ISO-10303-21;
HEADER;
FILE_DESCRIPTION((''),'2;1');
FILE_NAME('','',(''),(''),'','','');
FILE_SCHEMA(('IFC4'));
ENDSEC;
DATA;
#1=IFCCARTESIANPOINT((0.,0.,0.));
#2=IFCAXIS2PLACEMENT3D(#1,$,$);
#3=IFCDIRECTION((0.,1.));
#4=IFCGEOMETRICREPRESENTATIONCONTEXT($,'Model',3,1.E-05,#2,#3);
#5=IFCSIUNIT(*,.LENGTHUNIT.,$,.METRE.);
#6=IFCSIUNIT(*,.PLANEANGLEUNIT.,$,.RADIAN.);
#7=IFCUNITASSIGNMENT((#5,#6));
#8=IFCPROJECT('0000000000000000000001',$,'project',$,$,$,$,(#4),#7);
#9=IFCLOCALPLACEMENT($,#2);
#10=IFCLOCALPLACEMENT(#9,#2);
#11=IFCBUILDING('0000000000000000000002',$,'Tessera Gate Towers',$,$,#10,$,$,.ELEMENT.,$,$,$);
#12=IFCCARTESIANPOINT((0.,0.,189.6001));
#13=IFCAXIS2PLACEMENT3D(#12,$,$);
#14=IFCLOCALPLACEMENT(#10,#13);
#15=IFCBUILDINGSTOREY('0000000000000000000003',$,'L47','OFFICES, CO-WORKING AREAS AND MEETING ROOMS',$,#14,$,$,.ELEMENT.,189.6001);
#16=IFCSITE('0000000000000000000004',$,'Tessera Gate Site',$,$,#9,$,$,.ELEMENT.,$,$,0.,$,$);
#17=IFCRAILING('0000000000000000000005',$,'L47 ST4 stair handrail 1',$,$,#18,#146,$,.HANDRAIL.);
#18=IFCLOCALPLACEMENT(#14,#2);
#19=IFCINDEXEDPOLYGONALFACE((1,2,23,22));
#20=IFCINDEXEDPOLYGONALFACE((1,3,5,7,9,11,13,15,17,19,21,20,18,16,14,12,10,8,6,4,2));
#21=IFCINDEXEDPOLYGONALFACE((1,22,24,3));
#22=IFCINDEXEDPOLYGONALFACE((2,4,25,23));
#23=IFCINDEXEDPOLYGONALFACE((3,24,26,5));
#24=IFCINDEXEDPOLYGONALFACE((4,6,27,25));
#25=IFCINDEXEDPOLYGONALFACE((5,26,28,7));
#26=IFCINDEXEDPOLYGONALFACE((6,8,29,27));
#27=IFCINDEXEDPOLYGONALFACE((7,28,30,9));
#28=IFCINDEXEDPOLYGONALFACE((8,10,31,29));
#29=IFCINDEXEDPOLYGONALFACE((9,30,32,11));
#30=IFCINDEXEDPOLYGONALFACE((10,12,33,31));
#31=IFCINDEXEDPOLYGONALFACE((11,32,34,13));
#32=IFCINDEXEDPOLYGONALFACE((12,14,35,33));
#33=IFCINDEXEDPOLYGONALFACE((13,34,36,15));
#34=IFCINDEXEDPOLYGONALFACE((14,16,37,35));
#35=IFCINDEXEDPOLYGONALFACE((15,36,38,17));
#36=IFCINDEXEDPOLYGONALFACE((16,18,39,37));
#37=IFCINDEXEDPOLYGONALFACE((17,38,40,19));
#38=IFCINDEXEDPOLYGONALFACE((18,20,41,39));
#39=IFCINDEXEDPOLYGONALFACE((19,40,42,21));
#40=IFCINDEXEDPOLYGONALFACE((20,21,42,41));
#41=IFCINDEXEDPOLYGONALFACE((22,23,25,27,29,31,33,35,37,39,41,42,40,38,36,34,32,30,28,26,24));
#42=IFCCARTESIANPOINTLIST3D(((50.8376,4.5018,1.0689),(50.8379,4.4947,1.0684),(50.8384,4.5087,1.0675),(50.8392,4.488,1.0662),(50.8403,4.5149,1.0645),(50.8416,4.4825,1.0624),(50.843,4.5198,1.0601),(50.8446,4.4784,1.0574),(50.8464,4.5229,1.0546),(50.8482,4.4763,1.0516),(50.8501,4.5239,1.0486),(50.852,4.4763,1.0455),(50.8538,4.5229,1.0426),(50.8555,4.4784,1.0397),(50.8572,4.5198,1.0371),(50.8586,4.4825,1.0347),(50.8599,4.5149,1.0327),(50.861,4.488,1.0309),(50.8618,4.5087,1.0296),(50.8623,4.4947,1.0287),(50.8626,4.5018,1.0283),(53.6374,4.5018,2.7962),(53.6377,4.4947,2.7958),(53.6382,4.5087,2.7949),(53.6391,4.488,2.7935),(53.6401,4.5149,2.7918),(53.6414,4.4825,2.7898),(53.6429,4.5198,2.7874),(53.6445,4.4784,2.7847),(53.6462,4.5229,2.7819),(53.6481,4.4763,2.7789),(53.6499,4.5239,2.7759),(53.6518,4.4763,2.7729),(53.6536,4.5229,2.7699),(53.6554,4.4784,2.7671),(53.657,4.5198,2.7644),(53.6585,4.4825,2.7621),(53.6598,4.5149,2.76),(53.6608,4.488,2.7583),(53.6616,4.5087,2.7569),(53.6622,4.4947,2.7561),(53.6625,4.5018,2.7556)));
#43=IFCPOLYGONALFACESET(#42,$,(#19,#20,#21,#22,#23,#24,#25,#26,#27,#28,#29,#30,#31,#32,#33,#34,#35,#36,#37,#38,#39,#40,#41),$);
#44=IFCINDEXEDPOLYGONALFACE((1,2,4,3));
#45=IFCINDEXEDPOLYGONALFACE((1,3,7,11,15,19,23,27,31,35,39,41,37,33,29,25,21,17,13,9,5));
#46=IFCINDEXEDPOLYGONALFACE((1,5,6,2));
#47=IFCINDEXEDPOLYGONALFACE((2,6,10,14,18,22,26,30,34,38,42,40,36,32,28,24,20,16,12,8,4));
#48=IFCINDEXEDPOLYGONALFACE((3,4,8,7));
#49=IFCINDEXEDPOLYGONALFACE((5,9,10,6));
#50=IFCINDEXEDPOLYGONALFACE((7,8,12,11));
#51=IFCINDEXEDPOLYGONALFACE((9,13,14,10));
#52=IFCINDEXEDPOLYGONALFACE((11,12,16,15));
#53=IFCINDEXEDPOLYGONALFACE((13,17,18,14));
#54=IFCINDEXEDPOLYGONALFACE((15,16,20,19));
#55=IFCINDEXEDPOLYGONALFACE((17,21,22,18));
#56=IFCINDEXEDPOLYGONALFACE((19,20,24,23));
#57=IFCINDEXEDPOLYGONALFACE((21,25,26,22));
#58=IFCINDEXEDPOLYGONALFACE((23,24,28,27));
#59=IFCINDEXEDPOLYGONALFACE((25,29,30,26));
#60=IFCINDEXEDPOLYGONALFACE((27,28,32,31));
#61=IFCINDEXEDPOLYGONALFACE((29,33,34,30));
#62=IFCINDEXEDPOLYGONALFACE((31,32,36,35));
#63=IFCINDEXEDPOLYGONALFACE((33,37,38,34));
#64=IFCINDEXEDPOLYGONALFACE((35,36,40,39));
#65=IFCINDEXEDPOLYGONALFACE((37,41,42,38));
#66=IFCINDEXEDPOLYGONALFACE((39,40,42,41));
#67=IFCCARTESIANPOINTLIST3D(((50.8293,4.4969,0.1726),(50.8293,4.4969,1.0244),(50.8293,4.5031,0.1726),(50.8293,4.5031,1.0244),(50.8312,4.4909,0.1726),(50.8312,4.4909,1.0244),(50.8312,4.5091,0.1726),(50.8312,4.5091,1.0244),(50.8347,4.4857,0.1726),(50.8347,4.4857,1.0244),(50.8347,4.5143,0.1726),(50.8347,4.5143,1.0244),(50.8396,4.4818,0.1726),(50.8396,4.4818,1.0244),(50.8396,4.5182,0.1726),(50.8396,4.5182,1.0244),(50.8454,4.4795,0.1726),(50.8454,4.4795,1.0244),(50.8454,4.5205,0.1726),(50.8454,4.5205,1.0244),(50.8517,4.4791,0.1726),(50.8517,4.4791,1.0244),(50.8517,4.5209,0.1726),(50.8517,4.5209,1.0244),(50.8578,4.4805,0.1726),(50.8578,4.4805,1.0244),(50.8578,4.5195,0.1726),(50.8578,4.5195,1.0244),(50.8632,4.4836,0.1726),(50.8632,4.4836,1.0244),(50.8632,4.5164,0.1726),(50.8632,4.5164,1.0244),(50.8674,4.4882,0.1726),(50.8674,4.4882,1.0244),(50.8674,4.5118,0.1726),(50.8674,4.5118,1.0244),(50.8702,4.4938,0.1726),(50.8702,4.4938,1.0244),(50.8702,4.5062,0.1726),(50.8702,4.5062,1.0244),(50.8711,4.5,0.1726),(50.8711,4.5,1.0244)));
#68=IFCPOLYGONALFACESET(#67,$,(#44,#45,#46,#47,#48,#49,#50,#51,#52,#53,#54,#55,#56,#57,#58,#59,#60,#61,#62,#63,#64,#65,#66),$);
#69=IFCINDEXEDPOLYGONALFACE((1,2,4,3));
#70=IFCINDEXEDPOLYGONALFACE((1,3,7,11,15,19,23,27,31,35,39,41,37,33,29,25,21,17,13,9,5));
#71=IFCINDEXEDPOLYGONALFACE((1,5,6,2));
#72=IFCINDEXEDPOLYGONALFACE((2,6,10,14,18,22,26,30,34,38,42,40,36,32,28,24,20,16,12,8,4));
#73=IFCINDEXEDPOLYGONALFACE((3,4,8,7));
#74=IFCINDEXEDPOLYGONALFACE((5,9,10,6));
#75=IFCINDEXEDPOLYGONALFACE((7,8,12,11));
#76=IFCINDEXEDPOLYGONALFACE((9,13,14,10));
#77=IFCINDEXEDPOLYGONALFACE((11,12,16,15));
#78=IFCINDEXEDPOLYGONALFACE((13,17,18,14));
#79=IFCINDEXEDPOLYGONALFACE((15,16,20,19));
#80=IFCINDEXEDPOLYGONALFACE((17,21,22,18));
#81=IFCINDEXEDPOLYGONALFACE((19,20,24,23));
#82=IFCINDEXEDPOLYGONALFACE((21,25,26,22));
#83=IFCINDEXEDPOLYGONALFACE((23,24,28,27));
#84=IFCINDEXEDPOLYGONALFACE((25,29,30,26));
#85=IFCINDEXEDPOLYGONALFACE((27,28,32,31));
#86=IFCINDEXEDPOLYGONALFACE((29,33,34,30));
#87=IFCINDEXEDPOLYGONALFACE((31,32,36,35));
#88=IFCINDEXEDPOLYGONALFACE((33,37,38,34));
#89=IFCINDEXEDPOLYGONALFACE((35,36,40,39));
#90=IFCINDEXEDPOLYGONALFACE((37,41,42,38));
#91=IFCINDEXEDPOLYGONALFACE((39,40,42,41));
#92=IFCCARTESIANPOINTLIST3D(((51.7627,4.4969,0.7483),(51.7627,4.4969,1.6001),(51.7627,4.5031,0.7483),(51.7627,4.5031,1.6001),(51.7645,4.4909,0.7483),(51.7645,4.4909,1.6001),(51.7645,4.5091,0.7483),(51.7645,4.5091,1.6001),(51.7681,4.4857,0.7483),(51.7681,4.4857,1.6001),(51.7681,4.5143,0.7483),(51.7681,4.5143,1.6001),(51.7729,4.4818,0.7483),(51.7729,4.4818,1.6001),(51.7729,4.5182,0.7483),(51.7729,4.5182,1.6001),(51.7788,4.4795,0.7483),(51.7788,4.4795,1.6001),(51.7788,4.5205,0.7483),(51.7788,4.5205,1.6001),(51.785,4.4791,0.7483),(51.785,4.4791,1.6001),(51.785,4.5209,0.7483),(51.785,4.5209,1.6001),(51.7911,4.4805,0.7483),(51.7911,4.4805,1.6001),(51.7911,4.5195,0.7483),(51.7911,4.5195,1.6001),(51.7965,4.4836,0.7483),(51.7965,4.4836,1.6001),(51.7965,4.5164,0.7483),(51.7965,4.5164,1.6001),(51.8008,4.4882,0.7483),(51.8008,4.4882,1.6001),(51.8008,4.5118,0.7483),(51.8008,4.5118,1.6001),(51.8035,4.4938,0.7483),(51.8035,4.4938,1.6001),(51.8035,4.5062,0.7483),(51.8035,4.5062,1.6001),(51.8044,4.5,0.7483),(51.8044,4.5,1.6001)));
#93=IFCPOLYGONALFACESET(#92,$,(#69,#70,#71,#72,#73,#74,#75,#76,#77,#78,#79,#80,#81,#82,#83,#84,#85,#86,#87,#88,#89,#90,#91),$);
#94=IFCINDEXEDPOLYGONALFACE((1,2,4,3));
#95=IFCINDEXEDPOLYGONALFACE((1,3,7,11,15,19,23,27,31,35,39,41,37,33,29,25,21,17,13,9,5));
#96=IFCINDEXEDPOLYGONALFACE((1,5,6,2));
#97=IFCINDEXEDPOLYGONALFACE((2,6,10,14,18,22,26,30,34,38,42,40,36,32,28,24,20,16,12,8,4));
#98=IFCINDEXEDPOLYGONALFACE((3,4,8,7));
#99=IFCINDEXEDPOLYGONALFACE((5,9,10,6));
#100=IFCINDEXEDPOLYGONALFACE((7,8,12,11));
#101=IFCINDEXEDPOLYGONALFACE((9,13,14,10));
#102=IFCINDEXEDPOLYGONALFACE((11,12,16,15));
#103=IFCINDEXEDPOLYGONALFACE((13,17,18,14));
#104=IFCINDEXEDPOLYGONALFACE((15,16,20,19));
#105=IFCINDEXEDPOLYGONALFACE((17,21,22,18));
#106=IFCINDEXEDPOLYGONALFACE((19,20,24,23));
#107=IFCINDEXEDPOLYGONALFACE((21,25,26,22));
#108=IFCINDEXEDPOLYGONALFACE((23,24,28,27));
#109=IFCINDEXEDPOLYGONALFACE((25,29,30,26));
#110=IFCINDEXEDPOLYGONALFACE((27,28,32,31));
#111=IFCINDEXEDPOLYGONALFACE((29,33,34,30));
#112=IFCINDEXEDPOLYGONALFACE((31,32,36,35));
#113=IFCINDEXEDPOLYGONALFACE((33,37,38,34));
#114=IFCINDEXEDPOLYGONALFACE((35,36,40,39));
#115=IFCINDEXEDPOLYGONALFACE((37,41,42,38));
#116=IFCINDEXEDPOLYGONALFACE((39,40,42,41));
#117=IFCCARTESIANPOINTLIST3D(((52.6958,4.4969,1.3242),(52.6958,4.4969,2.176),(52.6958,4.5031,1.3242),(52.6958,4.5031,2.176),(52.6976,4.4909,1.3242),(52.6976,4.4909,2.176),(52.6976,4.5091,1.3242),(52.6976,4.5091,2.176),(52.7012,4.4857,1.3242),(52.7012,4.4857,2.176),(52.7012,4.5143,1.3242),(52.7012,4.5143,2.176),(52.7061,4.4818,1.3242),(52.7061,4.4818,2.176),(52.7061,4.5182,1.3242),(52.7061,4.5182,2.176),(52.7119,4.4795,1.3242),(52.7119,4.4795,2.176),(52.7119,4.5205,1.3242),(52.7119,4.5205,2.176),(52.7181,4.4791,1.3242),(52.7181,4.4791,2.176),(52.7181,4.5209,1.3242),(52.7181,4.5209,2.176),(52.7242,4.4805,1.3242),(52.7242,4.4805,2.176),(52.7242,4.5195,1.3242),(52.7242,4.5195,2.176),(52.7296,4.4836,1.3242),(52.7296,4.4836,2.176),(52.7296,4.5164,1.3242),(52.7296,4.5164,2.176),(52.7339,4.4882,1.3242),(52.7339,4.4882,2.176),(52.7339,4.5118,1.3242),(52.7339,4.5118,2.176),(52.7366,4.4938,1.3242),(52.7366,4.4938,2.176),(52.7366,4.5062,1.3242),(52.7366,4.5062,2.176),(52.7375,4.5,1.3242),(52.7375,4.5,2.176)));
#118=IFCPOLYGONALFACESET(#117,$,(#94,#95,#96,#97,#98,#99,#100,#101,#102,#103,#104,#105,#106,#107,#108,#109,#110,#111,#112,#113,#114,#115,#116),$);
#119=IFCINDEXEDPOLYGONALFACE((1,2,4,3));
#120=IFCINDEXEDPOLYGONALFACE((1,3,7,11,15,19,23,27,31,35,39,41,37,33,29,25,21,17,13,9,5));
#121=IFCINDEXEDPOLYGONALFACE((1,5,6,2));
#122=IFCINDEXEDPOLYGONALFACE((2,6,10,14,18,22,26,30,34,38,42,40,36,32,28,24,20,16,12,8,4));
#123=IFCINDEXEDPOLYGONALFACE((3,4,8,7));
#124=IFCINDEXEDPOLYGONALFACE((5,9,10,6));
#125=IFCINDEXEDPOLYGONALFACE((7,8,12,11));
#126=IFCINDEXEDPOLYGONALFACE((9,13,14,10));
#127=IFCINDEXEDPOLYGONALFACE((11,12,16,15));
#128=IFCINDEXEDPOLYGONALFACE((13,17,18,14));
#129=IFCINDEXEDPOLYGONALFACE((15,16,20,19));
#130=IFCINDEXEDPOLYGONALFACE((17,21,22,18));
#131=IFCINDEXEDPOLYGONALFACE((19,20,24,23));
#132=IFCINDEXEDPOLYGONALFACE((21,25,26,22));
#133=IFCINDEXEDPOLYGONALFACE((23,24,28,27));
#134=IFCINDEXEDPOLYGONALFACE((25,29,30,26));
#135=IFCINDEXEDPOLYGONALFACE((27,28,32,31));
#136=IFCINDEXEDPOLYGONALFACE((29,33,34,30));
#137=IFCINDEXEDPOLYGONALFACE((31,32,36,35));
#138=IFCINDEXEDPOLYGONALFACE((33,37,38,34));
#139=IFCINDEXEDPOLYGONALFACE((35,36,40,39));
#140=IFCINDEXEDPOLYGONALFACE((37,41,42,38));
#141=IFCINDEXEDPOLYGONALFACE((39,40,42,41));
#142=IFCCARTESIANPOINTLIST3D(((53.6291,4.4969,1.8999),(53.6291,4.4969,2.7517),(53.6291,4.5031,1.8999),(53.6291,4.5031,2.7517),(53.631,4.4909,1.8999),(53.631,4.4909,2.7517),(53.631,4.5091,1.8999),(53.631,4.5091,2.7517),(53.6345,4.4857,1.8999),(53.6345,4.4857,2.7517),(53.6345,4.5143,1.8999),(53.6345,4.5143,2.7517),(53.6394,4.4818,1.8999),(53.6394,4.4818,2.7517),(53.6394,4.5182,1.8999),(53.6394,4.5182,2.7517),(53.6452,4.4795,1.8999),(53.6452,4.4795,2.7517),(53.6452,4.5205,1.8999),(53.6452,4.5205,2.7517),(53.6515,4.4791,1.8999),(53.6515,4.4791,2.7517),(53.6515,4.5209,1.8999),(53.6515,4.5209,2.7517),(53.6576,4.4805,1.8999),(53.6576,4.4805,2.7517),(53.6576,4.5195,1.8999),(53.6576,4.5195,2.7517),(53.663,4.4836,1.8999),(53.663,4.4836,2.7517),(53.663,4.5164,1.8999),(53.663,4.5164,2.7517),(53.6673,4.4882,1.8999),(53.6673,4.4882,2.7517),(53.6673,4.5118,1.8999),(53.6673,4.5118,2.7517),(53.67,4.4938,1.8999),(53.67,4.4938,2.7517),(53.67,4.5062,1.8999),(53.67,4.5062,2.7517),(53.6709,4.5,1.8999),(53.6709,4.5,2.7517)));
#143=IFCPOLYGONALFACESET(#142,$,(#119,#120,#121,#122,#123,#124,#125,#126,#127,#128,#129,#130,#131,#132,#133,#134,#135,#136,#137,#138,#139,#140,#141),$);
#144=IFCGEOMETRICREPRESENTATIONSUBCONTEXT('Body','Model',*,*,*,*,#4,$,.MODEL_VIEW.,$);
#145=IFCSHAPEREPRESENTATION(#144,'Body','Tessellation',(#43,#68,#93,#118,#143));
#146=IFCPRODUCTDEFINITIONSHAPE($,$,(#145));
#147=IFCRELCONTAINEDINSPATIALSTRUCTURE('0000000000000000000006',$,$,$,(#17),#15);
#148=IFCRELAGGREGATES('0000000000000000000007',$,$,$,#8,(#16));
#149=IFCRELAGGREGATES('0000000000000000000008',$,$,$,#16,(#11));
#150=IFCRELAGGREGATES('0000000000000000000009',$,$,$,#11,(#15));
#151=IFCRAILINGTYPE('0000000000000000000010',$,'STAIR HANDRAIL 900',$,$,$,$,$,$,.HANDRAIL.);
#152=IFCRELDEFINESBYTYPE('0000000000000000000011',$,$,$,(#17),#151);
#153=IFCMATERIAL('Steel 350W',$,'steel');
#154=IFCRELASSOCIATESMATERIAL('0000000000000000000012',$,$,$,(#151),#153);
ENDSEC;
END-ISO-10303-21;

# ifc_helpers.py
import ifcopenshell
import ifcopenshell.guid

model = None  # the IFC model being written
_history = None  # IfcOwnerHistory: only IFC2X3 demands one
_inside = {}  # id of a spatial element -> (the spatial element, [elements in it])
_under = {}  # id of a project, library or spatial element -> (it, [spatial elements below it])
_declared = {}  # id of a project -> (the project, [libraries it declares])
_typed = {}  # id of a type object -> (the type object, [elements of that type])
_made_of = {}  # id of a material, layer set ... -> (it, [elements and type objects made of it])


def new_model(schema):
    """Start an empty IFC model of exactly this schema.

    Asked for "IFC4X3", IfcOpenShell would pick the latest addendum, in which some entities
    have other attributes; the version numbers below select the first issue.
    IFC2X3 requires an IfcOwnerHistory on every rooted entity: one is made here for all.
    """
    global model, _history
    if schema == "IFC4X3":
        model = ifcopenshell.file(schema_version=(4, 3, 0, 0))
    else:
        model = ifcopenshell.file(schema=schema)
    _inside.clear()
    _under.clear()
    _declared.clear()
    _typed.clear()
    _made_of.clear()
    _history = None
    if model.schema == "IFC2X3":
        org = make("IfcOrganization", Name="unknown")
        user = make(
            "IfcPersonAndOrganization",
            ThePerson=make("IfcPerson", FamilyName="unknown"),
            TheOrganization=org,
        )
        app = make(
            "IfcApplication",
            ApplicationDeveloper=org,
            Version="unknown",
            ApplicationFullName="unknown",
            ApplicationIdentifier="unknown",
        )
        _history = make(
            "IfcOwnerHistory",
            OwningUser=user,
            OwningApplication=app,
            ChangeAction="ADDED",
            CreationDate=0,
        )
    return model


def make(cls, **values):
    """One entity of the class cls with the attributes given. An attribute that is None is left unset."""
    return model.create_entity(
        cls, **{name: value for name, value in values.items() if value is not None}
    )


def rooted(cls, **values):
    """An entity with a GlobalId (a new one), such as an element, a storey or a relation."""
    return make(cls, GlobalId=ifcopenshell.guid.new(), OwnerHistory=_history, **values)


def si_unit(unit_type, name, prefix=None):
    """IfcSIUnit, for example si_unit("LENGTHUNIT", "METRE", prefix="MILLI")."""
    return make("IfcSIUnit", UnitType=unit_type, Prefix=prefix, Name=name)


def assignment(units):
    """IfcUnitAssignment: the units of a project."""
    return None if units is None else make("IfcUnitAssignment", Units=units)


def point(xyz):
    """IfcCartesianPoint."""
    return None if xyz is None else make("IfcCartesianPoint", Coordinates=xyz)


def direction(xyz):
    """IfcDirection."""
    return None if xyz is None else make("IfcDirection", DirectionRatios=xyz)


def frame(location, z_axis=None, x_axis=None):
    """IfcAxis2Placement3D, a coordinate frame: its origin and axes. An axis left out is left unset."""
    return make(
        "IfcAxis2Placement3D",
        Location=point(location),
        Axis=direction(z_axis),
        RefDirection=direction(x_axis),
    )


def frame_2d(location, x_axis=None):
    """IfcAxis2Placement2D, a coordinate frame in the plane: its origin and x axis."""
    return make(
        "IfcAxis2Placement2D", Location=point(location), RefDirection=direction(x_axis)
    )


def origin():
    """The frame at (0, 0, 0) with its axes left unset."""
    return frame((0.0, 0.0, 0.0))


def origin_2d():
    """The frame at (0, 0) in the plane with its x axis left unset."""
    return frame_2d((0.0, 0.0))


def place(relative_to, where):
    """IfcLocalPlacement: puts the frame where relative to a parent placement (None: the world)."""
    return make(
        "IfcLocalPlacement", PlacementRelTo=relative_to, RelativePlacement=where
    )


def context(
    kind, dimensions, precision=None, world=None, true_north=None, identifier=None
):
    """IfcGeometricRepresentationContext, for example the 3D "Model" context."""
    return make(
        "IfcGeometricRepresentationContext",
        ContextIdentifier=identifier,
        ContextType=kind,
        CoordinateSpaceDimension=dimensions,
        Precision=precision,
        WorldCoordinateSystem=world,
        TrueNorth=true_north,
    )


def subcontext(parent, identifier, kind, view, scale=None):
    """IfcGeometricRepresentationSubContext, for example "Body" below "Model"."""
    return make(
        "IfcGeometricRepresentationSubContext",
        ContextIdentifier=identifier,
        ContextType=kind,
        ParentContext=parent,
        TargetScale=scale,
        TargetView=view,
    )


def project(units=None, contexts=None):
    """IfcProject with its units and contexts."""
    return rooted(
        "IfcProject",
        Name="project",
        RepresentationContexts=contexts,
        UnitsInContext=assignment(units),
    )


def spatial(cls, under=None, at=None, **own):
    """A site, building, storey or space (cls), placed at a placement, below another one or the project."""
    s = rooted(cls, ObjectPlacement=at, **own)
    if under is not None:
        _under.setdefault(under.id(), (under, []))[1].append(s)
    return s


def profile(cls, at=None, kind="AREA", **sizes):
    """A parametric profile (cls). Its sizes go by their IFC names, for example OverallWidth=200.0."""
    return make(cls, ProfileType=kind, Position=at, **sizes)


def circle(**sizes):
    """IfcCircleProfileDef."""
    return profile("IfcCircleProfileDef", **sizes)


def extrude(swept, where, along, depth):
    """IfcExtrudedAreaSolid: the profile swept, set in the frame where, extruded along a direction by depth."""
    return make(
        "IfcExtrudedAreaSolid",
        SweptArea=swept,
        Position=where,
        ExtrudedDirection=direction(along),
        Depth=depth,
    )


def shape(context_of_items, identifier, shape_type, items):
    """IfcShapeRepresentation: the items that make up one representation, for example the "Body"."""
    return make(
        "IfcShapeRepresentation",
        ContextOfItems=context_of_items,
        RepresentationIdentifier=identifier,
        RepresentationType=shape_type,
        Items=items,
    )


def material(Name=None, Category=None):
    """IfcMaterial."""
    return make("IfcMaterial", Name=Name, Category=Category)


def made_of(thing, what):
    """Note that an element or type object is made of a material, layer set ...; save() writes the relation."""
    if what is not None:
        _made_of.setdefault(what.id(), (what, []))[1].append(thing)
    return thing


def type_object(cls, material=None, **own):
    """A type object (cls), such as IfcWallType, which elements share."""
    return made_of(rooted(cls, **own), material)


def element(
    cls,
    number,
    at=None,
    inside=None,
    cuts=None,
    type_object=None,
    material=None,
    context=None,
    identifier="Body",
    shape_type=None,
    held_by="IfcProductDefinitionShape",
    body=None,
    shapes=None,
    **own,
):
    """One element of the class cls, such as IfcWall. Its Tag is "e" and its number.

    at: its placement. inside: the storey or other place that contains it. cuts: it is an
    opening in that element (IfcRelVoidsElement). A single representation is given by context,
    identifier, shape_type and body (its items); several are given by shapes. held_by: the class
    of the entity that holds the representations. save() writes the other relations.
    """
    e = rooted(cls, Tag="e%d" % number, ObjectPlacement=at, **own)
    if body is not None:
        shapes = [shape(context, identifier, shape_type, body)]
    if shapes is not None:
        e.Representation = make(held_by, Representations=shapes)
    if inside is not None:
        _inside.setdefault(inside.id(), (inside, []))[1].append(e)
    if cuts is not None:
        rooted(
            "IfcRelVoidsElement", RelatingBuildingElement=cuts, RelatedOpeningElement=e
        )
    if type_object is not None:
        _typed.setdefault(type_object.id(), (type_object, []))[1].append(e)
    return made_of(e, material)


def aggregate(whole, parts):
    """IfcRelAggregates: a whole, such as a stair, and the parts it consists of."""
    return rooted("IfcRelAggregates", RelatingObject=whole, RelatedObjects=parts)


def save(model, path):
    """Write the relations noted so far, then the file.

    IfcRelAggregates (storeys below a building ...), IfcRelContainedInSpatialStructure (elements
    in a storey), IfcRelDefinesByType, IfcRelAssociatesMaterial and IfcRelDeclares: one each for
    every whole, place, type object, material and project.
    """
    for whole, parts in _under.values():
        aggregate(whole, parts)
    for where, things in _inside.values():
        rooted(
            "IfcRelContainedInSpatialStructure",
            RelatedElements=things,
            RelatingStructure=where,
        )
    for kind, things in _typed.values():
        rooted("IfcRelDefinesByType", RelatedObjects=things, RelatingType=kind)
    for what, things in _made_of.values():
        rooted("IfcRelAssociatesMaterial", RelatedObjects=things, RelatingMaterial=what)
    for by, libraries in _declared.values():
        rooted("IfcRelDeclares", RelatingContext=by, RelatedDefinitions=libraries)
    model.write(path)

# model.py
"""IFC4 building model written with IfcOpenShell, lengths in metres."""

from ifc_helpers import new_model, si_unit, direction, frame, origin, origin_2d, place, context, subcontext, project, spatial, circle, extrude, material, type_object, element, save


model = new_model("IFC4")

# Units and contexts
model_context = context("Model", 3, precision=1e-05, world=origin(), true_north=direction((0.0, 1.0)))
body_context = subcontext(model_context, "Body", "Model", "MODEL_VIEW")
ifc_project = project(units=[si_unit("LENGTHUNIT", "METRE"), si_unit("PLANEANGLEUNIT", "RADIAN")], contexts=[model_context])

# Site, building, storey
site_placement = place(None, origin())
site = spatial("IfcSite", under=ifc_project, at=site_placement, Name="Tessera Gate Site", CompositionType="ELEMENT", RefElevation=0.0)
building_placement = place(site_placement, origin())
building = spatial("IfcBuilding", under=site, at=building_placement, Name="Tessera Gate Towers", CompositionType="ELEMENT")
storey_placement = place(building_placement, frame((0.0, 0.0, 189.6001)))
storey = spatial("IfcBuildingStorey", under=building, at=storey_placement, Name="L47", Description="OFFICES, CO-WORKING AREAS AND MEETING ROOMS", CompositionType="ELEMENT", Elevation=189.6001)

# Railing
ifc_material_1 = material(Name="Steel 350W", Category="steel")
railing_type_1 = type_object("IfcRailingType", Name="STAIR HANDRAIL 900", PredefinedType="HANDRAIL", material=ifc_material_1)
railing_1_placement = place(storey_placement, frame((50.8501, 4.5, 0.1726)))
element("IfcRailing", 1, at=railing_1_placement, inside=storey, type_object=railing_type_1, Name="L47 ST4 stair handrail 1", PredefinedType="HANDRAIL", context=body_context, shape_type="SweptSolid", body=[
    extrude(circle(Radius=0.0239, at=origin_2d()), frame((0.0, 0.0, 0.876), z_axis=(0.851069, 0.0, 0.525054), x_axis=(0.0, 1.0, 0.0)), (0.0, 0.0, 1.0), 3.2898),
    extrude(circle(Radius=0.021, at=origin_2d()), origin(), (0.0, 0.0, 1.0), 0.8518),
    extrude(circle(Radius=0.021, at=origin_2d()), frame((0.9333, 0.0, 0.5757)), (0.0, 0.0, 1.0), 0.8518),
    extrude(circle(Radius=0.021, at=origin_2d()), frame((1.8665, 0.0, 1.1516)), (0.0, 0.0, 1.0), 0.8518),
    extrude(circle(Radius=0.021, at=origin_2d()), frame((2.7998, 0.0, 1.7273)), (0.0, 0.0, 1.0), 0.8518),
])

save(model, "model.ifc")
